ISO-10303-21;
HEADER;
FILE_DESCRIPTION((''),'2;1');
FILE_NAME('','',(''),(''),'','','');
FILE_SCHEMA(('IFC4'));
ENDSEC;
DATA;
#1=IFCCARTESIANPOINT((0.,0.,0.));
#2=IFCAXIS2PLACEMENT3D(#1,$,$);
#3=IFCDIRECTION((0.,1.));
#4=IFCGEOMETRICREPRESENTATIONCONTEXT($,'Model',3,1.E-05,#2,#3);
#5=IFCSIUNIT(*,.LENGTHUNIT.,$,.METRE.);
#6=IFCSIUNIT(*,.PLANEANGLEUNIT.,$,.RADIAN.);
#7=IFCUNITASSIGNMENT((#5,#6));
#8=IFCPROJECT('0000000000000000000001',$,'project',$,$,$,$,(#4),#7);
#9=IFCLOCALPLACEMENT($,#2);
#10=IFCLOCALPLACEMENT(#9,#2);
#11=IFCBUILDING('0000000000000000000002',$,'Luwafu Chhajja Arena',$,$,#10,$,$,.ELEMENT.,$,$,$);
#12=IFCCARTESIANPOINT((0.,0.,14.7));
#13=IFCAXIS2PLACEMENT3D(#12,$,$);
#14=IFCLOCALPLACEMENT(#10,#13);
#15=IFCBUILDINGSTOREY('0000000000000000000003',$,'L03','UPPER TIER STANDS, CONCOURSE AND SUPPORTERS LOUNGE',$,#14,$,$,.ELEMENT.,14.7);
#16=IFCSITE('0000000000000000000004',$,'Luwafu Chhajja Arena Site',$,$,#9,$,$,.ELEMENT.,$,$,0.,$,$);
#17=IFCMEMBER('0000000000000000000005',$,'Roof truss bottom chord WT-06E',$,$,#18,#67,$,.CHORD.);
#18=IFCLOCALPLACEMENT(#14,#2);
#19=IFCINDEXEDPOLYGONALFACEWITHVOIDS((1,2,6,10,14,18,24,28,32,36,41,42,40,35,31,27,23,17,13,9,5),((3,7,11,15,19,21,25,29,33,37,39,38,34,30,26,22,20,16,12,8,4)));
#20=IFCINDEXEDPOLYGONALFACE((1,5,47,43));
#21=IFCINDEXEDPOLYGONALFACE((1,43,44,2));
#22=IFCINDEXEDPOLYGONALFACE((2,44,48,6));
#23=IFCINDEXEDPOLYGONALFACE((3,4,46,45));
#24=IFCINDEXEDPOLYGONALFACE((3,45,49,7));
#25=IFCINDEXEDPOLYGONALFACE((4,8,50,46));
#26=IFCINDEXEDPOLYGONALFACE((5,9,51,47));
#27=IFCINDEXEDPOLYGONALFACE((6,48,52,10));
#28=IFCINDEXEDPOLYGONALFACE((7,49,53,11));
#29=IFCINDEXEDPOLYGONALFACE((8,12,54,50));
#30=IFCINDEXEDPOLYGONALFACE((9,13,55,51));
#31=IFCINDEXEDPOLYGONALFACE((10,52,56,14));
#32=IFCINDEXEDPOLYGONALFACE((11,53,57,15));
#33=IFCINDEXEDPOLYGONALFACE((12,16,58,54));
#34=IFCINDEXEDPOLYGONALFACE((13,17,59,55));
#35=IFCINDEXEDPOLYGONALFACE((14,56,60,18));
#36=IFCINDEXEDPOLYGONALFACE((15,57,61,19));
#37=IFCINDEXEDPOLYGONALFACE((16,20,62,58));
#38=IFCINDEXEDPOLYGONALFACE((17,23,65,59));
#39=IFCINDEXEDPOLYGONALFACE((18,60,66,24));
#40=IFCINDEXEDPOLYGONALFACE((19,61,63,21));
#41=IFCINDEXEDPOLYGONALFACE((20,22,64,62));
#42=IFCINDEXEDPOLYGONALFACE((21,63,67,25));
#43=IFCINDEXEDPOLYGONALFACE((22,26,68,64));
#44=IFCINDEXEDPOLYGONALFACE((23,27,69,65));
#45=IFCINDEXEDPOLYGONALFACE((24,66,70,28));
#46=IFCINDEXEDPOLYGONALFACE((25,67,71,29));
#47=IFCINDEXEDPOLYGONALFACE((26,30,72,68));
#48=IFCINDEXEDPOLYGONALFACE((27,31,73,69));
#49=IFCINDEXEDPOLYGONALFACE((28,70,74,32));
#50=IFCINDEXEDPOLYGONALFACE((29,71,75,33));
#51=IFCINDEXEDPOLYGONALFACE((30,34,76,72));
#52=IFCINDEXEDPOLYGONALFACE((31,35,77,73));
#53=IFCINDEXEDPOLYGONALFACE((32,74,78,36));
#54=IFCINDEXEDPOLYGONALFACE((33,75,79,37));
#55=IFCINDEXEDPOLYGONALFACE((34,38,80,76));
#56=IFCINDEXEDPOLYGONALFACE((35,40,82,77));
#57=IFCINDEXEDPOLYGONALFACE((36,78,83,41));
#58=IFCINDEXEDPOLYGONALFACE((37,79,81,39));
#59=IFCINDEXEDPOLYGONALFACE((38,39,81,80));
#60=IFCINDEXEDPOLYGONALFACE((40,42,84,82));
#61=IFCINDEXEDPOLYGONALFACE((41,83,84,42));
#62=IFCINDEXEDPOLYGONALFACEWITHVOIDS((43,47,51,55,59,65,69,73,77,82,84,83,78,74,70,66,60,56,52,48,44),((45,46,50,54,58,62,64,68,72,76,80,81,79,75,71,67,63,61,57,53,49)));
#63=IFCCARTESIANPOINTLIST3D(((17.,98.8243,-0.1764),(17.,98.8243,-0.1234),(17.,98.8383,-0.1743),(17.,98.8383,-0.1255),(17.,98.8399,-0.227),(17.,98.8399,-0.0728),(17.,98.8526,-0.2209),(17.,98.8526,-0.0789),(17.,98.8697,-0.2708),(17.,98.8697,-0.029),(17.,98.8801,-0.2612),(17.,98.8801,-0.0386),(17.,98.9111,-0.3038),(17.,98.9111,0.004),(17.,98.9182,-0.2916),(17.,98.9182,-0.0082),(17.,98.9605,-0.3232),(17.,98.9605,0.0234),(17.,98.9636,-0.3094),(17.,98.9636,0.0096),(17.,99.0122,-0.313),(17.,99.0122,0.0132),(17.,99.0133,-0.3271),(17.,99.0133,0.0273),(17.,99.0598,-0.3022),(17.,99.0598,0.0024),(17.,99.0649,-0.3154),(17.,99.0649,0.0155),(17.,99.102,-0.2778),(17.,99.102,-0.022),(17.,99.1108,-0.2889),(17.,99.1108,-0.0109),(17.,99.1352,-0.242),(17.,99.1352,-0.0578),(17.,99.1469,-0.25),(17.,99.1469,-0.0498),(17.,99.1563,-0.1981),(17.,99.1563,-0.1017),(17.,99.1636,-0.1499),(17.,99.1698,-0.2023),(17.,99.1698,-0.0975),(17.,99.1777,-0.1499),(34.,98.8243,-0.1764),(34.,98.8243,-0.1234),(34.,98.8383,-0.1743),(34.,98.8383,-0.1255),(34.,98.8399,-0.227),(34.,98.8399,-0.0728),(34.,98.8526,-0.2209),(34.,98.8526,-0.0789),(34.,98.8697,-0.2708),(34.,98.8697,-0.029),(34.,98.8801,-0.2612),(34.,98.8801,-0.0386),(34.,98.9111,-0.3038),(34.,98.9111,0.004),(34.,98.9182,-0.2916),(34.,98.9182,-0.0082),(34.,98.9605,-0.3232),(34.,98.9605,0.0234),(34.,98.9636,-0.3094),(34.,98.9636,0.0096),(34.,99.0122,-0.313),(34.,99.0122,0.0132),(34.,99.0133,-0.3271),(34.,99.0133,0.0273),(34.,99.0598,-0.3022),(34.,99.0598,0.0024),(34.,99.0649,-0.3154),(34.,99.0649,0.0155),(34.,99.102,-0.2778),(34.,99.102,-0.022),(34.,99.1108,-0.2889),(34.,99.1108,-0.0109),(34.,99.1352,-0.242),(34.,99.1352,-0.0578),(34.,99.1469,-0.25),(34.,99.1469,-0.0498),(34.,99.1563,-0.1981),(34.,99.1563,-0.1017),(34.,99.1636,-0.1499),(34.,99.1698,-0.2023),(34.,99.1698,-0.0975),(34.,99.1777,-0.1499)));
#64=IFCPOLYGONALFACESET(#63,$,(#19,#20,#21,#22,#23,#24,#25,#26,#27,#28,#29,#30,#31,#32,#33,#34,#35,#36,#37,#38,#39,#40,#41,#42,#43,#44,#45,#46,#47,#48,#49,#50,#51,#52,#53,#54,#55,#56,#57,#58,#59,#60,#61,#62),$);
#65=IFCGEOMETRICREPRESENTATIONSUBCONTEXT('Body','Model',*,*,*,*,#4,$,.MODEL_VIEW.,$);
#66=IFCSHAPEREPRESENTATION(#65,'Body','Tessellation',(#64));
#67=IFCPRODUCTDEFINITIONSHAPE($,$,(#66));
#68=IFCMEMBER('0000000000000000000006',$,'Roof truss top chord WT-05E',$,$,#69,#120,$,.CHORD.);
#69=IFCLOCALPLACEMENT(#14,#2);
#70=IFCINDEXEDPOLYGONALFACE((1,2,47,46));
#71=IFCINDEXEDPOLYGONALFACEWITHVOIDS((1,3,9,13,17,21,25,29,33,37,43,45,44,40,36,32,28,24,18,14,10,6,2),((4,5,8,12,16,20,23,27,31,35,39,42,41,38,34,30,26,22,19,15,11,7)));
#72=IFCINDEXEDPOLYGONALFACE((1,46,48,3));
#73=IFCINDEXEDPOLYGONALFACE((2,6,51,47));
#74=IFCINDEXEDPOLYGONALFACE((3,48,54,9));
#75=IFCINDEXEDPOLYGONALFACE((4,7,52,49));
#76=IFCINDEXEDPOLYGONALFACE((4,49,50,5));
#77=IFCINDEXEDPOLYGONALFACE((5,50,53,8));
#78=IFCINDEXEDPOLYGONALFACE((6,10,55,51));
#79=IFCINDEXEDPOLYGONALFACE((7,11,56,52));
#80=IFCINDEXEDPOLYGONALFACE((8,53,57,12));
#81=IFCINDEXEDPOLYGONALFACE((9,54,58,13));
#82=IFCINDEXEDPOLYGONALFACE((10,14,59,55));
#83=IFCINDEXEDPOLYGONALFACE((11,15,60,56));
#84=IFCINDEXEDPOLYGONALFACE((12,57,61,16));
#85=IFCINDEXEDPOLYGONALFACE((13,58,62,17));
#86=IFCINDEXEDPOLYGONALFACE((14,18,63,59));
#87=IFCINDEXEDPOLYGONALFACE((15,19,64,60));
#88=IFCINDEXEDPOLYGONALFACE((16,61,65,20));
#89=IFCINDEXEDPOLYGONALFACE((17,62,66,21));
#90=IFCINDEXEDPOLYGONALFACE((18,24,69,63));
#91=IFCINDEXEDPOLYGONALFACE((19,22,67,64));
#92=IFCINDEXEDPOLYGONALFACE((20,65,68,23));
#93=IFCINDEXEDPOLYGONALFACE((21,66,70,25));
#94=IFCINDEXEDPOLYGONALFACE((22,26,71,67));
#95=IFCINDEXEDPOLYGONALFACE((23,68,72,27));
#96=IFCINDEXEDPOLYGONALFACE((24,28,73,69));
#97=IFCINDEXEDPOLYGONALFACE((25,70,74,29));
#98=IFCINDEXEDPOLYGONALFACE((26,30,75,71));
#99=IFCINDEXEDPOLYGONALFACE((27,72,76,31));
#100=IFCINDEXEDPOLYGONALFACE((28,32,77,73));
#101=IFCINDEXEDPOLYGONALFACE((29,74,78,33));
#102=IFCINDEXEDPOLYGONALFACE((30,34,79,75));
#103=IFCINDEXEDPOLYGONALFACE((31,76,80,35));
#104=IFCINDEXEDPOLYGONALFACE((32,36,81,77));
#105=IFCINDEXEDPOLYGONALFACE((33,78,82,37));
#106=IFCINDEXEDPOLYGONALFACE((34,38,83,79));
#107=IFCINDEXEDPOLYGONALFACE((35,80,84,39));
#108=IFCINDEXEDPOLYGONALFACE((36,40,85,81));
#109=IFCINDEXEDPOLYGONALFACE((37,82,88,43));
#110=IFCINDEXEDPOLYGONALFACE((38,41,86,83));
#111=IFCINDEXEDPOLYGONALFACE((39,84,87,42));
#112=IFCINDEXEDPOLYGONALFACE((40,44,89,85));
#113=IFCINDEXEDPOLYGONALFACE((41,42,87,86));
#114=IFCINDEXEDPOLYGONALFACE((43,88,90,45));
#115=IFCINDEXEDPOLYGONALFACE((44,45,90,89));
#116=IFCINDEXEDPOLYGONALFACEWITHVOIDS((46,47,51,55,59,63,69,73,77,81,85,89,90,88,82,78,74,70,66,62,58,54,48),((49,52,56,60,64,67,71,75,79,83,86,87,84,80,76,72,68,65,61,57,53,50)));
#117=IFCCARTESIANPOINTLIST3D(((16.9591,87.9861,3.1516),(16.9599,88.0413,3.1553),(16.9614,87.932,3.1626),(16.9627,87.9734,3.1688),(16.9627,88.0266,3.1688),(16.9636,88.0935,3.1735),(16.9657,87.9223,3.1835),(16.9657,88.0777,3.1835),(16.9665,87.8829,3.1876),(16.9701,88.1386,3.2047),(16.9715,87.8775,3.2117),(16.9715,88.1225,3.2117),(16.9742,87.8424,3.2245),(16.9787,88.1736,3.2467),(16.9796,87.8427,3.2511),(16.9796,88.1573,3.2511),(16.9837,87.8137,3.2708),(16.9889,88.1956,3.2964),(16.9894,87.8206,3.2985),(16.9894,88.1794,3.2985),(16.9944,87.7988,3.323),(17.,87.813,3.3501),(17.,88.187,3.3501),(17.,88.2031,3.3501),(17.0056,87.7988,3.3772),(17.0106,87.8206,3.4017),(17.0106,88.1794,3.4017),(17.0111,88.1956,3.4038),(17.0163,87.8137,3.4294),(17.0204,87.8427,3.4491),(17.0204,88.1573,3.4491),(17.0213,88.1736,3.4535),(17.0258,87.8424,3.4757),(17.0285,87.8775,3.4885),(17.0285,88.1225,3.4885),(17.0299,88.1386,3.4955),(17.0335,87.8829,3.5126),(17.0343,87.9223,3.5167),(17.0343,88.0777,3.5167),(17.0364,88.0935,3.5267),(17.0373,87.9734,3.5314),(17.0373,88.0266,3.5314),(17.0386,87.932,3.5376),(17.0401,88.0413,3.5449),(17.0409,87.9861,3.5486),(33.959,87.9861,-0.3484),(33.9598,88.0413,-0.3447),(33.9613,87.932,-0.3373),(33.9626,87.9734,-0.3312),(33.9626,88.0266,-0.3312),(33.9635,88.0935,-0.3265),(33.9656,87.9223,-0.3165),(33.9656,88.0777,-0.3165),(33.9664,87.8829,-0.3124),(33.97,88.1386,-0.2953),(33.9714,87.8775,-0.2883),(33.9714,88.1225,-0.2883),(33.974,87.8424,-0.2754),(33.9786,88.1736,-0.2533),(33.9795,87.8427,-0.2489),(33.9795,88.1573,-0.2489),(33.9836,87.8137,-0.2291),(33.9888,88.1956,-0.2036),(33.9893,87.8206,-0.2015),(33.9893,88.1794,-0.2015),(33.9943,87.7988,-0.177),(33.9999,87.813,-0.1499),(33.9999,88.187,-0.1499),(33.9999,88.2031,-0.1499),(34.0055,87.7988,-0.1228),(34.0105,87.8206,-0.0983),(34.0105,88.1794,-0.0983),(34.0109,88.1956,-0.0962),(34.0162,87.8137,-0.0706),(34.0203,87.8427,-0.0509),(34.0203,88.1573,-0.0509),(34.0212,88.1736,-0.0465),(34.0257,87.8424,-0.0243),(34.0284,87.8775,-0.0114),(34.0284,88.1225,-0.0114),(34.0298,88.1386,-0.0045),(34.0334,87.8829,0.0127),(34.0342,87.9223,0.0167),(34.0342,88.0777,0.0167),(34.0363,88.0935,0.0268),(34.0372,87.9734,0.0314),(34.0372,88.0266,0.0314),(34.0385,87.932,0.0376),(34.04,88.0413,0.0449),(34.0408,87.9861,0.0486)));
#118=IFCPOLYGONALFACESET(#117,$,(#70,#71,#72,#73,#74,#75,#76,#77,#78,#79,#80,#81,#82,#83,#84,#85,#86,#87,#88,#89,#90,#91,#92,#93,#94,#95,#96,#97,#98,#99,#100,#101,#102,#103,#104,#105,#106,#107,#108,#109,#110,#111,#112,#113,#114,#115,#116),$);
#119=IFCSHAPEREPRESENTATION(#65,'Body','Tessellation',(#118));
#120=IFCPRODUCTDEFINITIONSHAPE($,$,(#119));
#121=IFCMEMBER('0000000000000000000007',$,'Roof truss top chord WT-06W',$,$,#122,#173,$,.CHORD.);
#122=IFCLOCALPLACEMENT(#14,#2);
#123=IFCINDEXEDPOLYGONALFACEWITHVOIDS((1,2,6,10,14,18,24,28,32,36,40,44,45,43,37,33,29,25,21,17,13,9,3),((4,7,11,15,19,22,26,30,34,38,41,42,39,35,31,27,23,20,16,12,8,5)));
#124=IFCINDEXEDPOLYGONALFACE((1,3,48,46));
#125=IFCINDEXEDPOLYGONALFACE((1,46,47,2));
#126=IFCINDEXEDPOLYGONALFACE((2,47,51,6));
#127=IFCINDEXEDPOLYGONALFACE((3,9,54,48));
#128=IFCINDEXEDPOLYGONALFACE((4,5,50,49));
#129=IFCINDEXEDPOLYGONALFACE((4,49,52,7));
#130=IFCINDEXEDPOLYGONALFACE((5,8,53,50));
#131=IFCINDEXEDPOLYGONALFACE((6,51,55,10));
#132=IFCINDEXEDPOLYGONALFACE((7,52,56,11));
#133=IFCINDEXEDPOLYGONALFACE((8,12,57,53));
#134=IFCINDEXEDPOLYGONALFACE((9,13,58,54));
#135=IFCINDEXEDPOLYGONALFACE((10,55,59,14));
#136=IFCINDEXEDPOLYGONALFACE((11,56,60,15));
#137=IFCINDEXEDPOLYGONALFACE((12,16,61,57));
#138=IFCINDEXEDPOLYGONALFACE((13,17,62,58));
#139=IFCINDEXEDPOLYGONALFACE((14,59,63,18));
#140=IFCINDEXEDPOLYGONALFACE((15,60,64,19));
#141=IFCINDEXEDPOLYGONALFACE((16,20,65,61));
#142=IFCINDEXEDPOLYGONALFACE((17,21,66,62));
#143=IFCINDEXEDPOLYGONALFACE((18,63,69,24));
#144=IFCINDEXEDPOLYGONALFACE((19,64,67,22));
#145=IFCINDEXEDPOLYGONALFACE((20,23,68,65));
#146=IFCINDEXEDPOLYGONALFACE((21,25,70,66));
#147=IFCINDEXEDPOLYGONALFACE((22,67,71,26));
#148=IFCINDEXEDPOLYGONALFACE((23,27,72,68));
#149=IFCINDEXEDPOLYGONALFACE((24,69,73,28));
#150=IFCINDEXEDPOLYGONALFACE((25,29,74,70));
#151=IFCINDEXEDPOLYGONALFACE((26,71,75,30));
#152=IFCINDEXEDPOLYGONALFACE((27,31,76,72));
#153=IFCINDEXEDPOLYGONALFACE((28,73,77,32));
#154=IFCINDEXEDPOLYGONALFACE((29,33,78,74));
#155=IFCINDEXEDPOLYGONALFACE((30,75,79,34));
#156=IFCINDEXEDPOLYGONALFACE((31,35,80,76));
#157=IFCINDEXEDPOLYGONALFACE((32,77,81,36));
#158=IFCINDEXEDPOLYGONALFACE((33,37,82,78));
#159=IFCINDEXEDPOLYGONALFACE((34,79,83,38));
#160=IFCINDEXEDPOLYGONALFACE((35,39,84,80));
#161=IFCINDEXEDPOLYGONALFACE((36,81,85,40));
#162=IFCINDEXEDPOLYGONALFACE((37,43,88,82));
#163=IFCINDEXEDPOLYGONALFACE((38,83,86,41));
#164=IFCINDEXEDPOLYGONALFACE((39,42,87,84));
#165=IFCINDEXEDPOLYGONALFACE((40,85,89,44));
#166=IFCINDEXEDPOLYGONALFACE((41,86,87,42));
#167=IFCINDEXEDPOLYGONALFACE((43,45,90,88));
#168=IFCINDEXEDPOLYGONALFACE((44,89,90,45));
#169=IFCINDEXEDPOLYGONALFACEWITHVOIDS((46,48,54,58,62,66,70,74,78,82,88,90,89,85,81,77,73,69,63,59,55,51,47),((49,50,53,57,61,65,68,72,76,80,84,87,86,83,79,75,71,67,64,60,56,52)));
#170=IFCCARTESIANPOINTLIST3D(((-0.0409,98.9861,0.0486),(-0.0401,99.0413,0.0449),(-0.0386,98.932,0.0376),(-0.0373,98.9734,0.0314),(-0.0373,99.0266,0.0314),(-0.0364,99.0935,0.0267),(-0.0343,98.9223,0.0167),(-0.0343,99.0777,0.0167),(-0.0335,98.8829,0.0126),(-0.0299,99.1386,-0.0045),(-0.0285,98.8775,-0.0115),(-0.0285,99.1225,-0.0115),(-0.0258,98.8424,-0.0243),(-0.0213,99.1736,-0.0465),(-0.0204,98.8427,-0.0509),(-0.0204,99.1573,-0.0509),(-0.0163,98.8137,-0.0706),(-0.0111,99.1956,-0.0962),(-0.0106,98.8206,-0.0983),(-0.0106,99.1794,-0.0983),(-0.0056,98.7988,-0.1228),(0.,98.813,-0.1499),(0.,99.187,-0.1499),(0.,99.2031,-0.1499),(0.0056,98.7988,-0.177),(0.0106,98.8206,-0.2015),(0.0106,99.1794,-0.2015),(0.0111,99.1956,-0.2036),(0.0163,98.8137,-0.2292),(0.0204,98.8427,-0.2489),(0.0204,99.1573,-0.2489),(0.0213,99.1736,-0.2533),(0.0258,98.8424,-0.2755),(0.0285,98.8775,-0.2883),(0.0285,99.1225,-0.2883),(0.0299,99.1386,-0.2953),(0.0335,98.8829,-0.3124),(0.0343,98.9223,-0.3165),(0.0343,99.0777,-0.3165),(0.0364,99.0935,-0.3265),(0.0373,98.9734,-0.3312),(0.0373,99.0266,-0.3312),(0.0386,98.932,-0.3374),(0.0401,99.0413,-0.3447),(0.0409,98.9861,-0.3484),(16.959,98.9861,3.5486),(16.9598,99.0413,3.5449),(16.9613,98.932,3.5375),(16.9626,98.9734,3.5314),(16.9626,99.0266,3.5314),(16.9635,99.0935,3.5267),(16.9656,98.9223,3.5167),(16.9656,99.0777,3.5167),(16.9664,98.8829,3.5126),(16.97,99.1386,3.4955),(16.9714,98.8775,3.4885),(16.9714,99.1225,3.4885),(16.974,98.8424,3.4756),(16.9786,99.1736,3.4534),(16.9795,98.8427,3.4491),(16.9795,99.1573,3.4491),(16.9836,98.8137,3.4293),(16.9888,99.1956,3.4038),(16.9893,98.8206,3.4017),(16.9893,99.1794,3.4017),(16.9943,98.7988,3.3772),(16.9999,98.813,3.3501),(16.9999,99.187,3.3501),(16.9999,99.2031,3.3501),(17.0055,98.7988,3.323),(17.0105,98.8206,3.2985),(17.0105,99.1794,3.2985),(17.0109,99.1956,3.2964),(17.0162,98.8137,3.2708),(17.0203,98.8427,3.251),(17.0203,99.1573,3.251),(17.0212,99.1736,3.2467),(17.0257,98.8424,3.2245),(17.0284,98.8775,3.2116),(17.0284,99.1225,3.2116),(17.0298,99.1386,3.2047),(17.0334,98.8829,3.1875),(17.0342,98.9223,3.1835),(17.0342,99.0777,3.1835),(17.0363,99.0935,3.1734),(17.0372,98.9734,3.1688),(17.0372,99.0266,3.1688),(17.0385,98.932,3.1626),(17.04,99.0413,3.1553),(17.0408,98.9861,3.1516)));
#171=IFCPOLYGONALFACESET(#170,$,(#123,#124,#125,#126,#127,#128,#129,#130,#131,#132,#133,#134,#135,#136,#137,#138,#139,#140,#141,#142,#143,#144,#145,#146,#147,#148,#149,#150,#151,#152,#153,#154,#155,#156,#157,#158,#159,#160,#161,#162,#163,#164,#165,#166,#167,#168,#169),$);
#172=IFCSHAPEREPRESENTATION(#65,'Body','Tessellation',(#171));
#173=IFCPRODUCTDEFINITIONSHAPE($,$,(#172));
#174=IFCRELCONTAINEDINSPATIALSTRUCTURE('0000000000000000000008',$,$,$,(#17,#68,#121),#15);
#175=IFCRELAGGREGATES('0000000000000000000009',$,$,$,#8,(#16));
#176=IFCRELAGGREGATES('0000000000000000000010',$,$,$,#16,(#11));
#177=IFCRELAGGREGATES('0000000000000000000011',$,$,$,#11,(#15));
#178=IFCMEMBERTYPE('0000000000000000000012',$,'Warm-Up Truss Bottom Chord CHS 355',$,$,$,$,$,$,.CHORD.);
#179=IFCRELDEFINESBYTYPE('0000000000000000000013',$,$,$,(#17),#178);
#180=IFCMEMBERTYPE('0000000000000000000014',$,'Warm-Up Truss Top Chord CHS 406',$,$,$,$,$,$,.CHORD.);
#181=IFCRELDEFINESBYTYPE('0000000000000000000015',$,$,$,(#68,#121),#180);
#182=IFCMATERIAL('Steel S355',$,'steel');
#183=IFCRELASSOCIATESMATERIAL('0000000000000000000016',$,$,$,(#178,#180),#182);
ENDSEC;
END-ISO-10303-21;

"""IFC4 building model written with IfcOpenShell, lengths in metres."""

from ifc_helpers import new_model, si_unit, direction, frame, origin, origin_2d, place, context, subcontext, project, spatial, hollow_circle, extrude, material, material_profile, profile_set, type_object, element, save


model = new_model("IFC4")

# Units and contexts
model_context = context("Model", 3, precision=1e-05, world=origin(), true_north=direction((0.0, 1.0)))
body_context = subcontext(model_context, "Body", "Model", "MODEL_VIEW")
ifc_project = project(units=[si_unit("LENGTHUNIT", "METRE"), si_unit("PLANEANGLEUNIT", "RADIAN")], contexts=[model_context])

# Site, building, storey
site_placement = place(None, origin())
site = spatial("IfcSite", under=ifc_project, at=site_placement, Name="Luwafu Chhajja Arena Site", CompositionType="ELEMENT", RefElevation=0.0)
building_placement = place(site_placement, origin())
building = spatial("IfcBuilding", under=site, at=building_placement, Name="Luwafu Chhajja Arena", CompositionType="ELEMENT")
storey_placement = place(building_placement, frame((0.0, 0.0, 14.7)))
storey = spatial("IfcBuildingStorey", under=building, at=storey_placement, Name="L03", Description="UPPER TIER STANDS, CONCOURSE AND SUPPORTERS LOUNGE", CompositionType="ELEMENT", Elevation=14.7)

# Shared definitions
ifc_material_1 = material(Name="Steel S355", Category="steel")

# Members
ifc_material_profile_1 = material_profile(ifc_material_1, hollow_circle(Radius=0.1777, WallThickness=0.0142, at=origin_2d()), Name="CHS 355.6x14.2")
ifc_profile_set_1 = profile_set([ifc_material_profile_1], Name="Steel S355")
member_type_1 = type_object("IfcMemberType", Name="Warm-Up Truss Bottom Chord CHS 355", PredefinedType="CHORD", material=ifc_profile_set_1)
for number, where, z_axis, x_axis, name in (
    (1, (17.0, 99.0, -0.1499), (1.0, 0.0, 0.0), (0.0, 1.0, 0.0), "Roof truss bottom chord WT-06E"),
):
    element("IfcMember", number, at=place(storey_placement, frame(where, z_axis=z_axis, x_axis=x_axis)), inside=storey, type_object=member_type_1, Name=name, PredefinedType="CHORD", context=body_context, shape_type="SweptSolid", body=[
        extrude(hollow_circle(Radius=0.1777, WallThickness=0.0142, at=origin_2d()), origin(), (0.0, 0.0, 1.0), 17.0),
    ])
ifc_material_profile_2 = material_profile(ifc_material_1, hollow_circle(Radius=0.2031, WallThickness=0.0161, at=origin_2d()), Name="CHS 406.4x16")
ifc_profile_set_2 = profile_set([ifc_material_profile_2], Name="Steel S355")
member_type_2 = type_object("IfcMemberType", Name="Warm-Up Truss Top Chord CHS 406", PredefinedType="CHORD", material=ifc_profile_set_2)
for number, where, z_axis, x_axis, name in (
    (2, (17.0, 88.0, 3.3501), (0.979457, 0.0, -0.201653), (0.0, 1.0, 0.0), "Roof truss top chord WT-05E"),
    (3, (0.0, 99.0, -0.1499), (0.979457, 0.0, 0.201653), (0.0, 1.0, 0.0), "Roof truss top chord WT-06W"),
):
    element("IfcMember", number, at=place(storey_placement, frame(where, z_axis=z_axis, x_axis=x_axis)), inside=storey, type_object=member_type_2, Name=name, PredefinedType="CHORD", context=body_context, shape_type="SweptSolid", body=[
        extrude(hollow_circle(Radius=0.2031, WallThickness=0.0161, at=origin_2d()), origin(), (0.0, 0.0, 1.0), 17.3564),
    ])

save(model, "model.ifc")
